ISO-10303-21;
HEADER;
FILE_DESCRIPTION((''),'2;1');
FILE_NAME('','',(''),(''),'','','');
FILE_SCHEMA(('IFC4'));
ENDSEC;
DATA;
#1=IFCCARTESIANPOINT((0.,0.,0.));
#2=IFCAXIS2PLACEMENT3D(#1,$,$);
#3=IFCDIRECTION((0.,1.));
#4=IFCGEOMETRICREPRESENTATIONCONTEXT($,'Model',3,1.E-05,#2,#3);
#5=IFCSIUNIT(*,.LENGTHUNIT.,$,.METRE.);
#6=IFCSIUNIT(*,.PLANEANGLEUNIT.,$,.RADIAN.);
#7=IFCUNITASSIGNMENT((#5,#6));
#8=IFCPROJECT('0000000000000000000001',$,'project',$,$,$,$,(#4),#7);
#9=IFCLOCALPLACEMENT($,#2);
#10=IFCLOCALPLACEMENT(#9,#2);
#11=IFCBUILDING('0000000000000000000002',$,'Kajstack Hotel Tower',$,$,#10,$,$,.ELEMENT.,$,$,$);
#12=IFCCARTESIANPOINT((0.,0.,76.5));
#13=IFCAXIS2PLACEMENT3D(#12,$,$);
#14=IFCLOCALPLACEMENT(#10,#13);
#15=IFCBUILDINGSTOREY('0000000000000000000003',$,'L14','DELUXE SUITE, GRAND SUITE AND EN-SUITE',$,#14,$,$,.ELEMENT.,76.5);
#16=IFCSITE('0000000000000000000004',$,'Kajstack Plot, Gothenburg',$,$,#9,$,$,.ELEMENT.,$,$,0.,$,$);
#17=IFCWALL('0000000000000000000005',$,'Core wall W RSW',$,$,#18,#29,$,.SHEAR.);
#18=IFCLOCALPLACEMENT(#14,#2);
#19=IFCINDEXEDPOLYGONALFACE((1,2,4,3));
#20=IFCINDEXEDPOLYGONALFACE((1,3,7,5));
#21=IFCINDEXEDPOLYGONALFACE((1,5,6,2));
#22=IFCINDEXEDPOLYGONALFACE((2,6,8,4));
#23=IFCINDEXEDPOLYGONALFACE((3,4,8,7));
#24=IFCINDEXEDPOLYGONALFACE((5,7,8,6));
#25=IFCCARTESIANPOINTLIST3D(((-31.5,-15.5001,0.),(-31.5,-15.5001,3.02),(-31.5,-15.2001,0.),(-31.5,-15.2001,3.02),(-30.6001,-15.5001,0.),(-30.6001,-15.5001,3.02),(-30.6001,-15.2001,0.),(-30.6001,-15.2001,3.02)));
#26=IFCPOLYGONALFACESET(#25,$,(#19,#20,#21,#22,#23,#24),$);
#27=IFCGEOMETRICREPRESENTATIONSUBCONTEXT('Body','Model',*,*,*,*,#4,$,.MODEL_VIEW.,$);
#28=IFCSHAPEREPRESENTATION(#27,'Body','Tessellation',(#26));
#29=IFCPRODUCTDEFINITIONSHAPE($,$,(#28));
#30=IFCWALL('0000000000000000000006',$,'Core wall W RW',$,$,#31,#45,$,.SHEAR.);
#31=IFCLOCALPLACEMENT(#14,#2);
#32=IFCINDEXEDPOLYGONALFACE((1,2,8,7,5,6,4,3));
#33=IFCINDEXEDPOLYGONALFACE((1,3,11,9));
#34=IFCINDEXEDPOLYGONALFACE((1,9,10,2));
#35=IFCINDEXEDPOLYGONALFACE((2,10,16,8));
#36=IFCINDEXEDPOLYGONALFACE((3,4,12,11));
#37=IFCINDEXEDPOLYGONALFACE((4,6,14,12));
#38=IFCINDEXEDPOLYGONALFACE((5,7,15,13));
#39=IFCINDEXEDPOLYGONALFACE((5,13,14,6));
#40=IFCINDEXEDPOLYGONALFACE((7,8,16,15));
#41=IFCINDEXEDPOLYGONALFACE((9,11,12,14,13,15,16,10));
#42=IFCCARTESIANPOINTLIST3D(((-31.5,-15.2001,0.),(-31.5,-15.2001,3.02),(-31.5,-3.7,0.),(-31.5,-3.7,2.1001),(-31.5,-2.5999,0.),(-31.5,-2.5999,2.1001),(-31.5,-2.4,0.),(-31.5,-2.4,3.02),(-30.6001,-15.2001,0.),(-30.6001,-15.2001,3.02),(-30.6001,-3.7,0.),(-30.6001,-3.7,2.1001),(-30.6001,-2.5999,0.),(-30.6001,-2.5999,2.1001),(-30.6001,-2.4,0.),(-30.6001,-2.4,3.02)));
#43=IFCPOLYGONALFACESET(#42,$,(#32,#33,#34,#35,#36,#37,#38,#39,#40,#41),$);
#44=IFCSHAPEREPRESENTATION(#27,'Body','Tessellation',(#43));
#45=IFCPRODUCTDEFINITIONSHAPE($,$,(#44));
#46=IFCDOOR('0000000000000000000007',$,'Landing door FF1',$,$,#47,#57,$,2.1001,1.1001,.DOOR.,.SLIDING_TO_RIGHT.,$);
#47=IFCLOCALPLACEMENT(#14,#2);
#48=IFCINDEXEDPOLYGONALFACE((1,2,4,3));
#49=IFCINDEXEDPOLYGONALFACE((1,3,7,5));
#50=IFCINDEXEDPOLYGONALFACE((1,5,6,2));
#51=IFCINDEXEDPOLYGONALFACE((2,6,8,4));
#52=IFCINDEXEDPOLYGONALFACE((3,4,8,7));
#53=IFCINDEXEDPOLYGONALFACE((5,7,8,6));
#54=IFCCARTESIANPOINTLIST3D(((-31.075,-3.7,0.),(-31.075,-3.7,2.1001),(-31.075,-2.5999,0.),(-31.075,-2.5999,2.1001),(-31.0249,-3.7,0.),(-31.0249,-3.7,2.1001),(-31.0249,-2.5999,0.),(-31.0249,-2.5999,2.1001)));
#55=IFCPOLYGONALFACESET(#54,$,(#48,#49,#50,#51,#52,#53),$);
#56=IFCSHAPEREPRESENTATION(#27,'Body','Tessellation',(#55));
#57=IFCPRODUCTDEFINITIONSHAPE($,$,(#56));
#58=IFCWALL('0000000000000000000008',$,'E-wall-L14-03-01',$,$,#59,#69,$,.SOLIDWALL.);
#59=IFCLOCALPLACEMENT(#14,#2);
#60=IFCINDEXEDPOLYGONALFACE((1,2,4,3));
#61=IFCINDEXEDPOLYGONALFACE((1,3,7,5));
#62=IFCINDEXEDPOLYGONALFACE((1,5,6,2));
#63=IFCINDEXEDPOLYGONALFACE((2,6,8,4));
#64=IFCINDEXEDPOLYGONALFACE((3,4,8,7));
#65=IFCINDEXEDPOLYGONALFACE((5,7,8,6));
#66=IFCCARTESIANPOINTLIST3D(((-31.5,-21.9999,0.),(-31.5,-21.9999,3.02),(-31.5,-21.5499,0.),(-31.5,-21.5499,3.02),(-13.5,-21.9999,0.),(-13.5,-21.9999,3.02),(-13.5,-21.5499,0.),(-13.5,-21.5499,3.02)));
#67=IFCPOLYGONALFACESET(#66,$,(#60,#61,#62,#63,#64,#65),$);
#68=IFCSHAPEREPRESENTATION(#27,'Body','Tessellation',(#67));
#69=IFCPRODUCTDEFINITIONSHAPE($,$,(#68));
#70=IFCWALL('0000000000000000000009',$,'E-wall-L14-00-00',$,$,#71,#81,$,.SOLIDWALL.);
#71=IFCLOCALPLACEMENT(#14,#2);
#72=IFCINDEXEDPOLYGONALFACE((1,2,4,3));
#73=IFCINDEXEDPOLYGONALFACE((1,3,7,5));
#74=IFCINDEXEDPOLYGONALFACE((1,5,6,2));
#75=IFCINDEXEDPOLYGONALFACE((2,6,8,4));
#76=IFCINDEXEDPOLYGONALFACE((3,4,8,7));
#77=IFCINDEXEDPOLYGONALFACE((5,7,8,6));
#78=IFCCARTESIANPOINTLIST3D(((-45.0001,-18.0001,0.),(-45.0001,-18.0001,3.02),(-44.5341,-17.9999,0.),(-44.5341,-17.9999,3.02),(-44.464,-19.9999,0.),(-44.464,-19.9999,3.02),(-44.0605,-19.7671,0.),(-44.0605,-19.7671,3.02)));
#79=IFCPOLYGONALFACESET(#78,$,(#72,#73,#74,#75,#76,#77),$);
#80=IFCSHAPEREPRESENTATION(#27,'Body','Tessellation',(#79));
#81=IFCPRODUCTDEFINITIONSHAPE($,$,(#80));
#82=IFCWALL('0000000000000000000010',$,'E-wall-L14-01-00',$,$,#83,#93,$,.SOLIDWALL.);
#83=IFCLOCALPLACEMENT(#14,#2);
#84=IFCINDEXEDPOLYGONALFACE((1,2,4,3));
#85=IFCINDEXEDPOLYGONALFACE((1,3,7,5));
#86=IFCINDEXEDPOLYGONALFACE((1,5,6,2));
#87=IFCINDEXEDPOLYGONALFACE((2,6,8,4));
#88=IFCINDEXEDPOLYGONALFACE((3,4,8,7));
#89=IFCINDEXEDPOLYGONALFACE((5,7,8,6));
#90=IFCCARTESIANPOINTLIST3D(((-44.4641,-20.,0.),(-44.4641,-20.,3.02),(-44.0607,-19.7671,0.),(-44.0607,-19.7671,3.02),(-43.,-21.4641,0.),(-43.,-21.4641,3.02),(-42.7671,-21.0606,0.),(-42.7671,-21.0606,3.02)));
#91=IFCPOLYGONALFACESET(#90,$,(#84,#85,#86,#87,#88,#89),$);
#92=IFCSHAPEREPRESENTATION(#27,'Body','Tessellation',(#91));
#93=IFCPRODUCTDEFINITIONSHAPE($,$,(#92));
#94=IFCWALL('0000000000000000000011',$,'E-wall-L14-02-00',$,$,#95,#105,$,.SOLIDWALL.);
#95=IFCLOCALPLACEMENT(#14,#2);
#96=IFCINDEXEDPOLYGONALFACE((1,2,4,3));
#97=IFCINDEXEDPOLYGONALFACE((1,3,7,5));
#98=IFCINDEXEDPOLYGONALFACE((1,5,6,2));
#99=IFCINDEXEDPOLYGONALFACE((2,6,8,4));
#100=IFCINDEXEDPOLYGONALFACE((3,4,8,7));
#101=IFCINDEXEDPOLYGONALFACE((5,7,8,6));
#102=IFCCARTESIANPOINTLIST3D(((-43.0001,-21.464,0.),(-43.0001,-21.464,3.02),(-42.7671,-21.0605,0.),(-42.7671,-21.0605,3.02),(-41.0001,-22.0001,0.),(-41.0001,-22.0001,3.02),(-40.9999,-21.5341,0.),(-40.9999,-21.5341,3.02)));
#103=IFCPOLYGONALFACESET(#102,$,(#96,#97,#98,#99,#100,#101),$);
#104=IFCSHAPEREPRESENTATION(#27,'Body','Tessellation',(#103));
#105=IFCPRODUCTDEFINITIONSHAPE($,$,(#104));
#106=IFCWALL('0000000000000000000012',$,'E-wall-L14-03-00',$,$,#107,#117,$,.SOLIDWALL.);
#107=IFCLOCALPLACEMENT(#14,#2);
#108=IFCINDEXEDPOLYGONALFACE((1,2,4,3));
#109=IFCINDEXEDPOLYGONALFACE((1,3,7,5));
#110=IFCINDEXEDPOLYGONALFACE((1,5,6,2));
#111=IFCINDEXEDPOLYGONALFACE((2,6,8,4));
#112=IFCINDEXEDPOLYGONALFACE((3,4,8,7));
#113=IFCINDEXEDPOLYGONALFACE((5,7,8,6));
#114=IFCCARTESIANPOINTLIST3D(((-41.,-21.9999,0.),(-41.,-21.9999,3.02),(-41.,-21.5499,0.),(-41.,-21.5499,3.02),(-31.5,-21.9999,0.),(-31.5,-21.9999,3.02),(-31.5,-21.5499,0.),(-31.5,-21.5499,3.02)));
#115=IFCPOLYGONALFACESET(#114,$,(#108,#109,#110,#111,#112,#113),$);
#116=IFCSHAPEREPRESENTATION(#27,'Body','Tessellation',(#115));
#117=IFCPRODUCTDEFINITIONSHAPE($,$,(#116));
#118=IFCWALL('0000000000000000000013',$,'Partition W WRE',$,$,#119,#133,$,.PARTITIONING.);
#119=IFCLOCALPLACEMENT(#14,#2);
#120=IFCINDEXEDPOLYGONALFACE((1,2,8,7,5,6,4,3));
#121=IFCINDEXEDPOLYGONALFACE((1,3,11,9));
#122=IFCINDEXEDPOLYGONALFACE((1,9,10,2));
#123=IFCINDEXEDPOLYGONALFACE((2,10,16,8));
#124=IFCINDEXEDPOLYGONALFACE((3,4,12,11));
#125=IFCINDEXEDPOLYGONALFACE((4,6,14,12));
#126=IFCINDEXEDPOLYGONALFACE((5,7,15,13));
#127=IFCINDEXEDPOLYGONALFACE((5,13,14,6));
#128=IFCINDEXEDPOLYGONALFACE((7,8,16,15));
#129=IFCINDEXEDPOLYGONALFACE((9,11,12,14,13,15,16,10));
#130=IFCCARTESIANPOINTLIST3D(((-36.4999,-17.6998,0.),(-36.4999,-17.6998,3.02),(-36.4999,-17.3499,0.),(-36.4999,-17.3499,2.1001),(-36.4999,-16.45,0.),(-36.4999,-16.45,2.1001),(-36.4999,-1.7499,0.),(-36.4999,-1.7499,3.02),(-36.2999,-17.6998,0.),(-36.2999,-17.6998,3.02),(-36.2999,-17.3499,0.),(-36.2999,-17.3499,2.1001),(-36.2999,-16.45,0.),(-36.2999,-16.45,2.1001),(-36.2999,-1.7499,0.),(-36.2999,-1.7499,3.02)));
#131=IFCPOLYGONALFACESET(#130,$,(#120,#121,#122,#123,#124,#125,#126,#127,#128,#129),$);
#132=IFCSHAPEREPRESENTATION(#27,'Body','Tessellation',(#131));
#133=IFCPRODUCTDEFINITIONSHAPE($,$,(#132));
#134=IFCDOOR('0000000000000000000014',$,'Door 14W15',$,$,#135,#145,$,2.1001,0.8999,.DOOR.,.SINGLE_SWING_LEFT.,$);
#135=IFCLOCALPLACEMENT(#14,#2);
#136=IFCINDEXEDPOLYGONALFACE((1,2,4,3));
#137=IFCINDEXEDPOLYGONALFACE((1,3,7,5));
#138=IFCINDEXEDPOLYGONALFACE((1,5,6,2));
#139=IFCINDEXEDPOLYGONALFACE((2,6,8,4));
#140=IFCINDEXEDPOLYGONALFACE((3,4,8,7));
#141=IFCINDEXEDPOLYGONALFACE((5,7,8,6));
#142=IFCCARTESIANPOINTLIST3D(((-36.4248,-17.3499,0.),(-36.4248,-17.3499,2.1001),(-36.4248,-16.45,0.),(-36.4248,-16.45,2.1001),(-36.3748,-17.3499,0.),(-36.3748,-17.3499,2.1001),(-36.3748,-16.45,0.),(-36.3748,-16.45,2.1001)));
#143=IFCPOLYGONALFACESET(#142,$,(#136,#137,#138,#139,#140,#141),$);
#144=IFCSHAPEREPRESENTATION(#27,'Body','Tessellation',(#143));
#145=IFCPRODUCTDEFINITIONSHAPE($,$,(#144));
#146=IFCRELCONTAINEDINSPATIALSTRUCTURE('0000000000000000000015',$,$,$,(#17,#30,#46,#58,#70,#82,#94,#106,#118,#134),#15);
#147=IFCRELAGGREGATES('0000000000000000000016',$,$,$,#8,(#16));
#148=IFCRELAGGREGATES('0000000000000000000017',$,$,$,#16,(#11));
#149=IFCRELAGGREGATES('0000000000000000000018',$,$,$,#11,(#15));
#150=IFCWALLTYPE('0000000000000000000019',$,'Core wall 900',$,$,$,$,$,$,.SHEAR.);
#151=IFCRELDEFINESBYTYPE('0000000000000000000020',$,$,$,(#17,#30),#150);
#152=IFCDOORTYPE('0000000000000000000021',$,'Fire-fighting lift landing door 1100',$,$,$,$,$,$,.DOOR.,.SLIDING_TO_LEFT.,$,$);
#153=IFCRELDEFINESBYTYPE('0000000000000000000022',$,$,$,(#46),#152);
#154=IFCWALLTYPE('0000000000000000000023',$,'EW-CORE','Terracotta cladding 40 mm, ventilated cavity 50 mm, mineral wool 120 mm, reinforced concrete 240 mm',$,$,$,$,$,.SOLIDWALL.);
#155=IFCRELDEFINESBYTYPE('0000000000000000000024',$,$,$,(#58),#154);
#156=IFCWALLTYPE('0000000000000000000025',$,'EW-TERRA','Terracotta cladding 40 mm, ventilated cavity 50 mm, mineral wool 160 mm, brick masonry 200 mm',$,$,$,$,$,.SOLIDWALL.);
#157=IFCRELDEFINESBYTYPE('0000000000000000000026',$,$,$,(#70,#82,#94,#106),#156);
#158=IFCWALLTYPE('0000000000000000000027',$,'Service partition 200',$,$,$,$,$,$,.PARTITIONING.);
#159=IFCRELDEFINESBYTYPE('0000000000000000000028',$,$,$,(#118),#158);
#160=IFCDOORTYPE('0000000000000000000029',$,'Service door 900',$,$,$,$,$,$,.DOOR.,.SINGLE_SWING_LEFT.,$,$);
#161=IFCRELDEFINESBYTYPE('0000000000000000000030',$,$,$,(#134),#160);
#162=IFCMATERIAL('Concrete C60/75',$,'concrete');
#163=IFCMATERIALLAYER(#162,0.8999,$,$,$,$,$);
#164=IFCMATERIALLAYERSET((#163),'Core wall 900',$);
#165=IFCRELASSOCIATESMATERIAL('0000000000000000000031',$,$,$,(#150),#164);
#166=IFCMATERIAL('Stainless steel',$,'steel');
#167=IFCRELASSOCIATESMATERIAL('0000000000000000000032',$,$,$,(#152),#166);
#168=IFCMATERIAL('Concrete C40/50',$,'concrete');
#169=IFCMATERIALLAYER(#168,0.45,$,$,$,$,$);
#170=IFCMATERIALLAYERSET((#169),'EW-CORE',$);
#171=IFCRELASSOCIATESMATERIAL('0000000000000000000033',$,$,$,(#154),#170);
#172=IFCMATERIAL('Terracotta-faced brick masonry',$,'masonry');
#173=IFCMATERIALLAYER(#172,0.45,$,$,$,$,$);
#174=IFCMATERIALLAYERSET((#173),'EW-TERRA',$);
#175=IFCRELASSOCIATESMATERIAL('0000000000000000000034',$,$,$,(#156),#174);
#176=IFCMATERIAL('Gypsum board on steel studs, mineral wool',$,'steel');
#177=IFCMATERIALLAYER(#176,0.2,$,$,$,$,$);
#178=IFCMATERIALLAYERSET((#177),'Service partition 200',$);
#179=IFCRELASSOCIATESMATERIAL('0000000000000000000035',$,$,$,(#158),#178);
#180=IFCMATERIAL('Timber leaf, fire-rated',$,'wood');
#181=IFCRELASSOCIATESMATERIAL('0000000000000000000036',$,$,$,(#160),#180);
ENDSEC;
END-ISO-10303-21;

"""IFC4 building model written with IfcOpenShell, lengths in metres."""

from ifc_helpers import new_model, si_unit, direction, frame, frame_2d, origin, place, context, subcontext, project, spatial, polyline, rectangle, outline, extrude, material, layer, layer_set, type_object, element, fill, save


model = new_model("IFC4")

# Units and contexts
model_context = context("Model", 3, precision=1e-05, world=origin(), true_north=direction((0.0, 1.0)))
body_context = subcontext(model_context, "Body", "Model", "MODEL_VIEW")
ifc_project = project(units=[si_unit("LENGTHUNIT", "METRE"), si_unit("PLANEANGLEUNIT", "RADIAN")], contexts=[model_context])

# Site, building, storey
site_placement = place(None, origin())
site = spatial("IfcSite", under=ifc_project, at=site_placement, Name="Kajstack Plot, Gothenburg", CompositionType="ELEMENT", RefElevation=0.0)
building_placement = place(site_placement, origin())
building = spatial("IfcBuilding", under=site, at=building_placement, Name="Kajstack Hotel Tower", CompositionType="ELEMENT")
storey_placement = place(building_placement, frame((0.0, 0.0, 76.5)))
storey = spatial("IfcBuildingStorey", under=building, at=storey_placement, Name="L14", Description="DELUXE SUITE, GRAND SUITE AND EN-SUITE", CompositionType="ELEMENT", Elevation=76.5)

# Wall
ifc_material_1 = material(Name="Concrete C60/75", Category="concrete")
ifc_layer_1 = layer(ifc_material_1, 0.8999)
ifc_layer_set_1 = layer_set([ifc_layer_1], Name="Core wall 900")
wall_type_1 = type_object("IfcWallType", Name="Core wall 900", PredefinedType="SHEAR", material=ifc_layer_set_1)
wall_1_placement = place(storey_placement, frame((-31.5, -15.3501, 0.0), z_axis=(0.0, 0.0, 1.0), x_axis=(1.0, 0.0, 0.0)))
element("IfcWall", 1, at=wall_1_placement, inside=storey, type_object=wall_type_1, Name="Core wall W RSW", PredefinedType="SHEAR", context=body_context, shape_type="SweptSolid", body=[
    extrude(rectangle(XDim=0.8999, YDim=0.3, at=frame_2d((0.45, 0.0))), origin(), (0.0, 0.0, 1.0), 3.02),
])

# Wall, opening, door
wall_2_placement = place(storey_placement, frame((-31.05, -15.2, 0.0), z_axis=(0.0, 0.0, 1.0), x_axis=(0.0, 1.0, 0.0)))
wall_2 = element("IfcWall", 2, at=wall_2_placement, inside=storey, type_object=wall_type_1, Name="Core wall W RW", PredefinedType="SHEAR", context=body_context, shape_type="SweptSolid", body=[
    extrude(rectangle(XDim=12.8, YDim=0.8999, at=frame_2d((6.3999, 0.0))), origin(), (0.0, 0.0, 1.0), 3.02),
])
opening_1_placement = place(wall_2_placement, frame((11.5, 0.0, 0.0)))
opening_1 = element("IfcOpeningElement", 3, at=opening_1_placement, cuts=wall_2, PredefinedType="OPENING", context=body_context, shape_type="SweptSolid", body=[
    extrude(rectangle(XDim=1.1001, YDim=2.1001, at=frame_2d((0.55, 1.05))), frame((0.0, 0.46, 0.0), z_axis=(0.0, -1.0, 0.0), x_axis=(1.0, 0.0, 0.0)), (0.0, 0.0, 1.0), 0.9199),
])
ifc_material_2 = material(Name="Stainless steel", Category="steel")
door_type_1 = type_object("IfcDoorType", Name="Fire-fighting lift landing door 1100", OperationType="SLIDING_TO_LEFT", PredefinedType="DOOR", material=ifc_material_2)
door_1_placement = place(opening_1_placement, origin())
door_1 = element("IfcDoor", 4, at=door_1_placement, inside=storey, type_object=door_type_1, Name="Landing door FF1", OperationType="SLIDING_TO_RIGHT", OverallHeight=2.1001, OverallWidth=1.1001, PredefinedType="DOOR", context=body_context, shape_type="SweptSolid", body=[
    extrude(rectangle(XDim=1.1001, YDim=2.1001, at=frame_2d((0.55, 1.05))), frame((0.0, 0.0249, 0.0), z_axis=(0.0, -1.0, 0.0), x_axis=(1.0, 0.0, 0.0)), (0.0, 0.0, 1.0), 0.05),
])
fill(opening_1, door_1)

# Walls
ifc_material_3 = material(Name="Concrete C40/50", Category="concrete")
ifc_layer_2 = layer(ifc_material_3, 0.45)
ifc_layer_set_2 = layer_set([ifc_layer_2], Name="EW-CORE")
wall_type_2 = type_object("IfcWallType", Name="EW-CORE", Description="Terracotta cladding 40 mm, ventilated cavity 50 mm, mineral wool 120 mm, reinforced concrete 240 mm", PredefinedType="SOLIDWALL", material=ifc_layer_set_2)
wall_3_placement = place(storey_placement, frame((-31.5, -21.7749, 0.0), z_axis=(0.0, 0.0, 1.0), x_axis=(1.0, 0.0, 0.0)))
element("IfcWall", 5, at=wall_3_placement, inside=storey, type_object=wall_type_2, Name="E-wall-L14-03-01", PredefinedType="SOLIDWALL", context=body_context, shape_type="SweptSolid", body=[
    extrude(rectangle(XDim=18.0, YDim=0.45, at=frame_2d((9.0, 0.0))), origin(), (0.0, 0.0, 1.0), 3.02),
])
ifc_material_4 = material(Name="Terracotta-faced brick masonry", Category="masonry")
ifc_layer_3 = layer(ifc_material_4, 0.45)
ifc_layer_set_3 = layer_set([ifc_layer_3], Name="EW-TERRA")
wall_type_3 = type_object("IfcWallType", Name="EW-TERRA", Description="Terracotta cladding 40 mm, ventilated cavity 50 mm, mineral wool 160 mm, brick masonry 200 mm", PredefinedType="SOLIDWALL", material=ifc_layer_set_3)
wall_4_placement = place(storey_placement, frame((-44.7827, -17.9417, 0.0), z_axis=(0.0, 0.0, 1.0), x_axis=(0.258815, -0.965927, 0.0)))
element("IfcWall", 6, at=wall_4_placement, inside=storey, type_object=wall_type_3, Name="E-wall-L14-00-00", PredefinedType="SOLIDWALL", context=body_context, shape_type="SweptSolid", body=[
    extrude(outline(polyline([(0.0002, -0.2251), (2.0706, -0.2249), (1.9502, 0.2251), (0.1206, 0.2251), (0.0002, -0.2251)])), origin(), (0.0, 0.0, 1.0), 3.02),
])
wall_5_placement = place(storey_placement, frame((-44.3049, -19.8408, 0.0), z_axis=(0.0, 0.0, 1.0), x_axis=(0.707107, -0.707107, 0.0)))
element("IfcWall", 7, at=wall_5_placement, inside=storey, type_object=wall_type_3, Name="E-wall-L14-01-00", PredefinedType="SOLIDWALL", context=body_context, shape_type="SweptSolid", body=[
    extrude(outline(polyline([(0.0, -0.2251), (2.0706, -0.2251), (1.95, 0.2249), (0.1206, 0.2249), (0.0, -0.2251)])), origin(), (0.0, 0.0, 1.0), 3.02),
])
wall_6_placement = place(storey_placement, frame((-42.9417, -21.2468, 0.0), z_axis=(0.0, 0.0, 1.0), x_axis=(0.965927, -0.258815, 0.0)))
element("IfcWall", 8, at=wall_6_placement, inside=storey, type_object=wall_type_3, Name="E-wall-L14-02-00", PredefinedType="SOLIDWALL", context=body_context, shape_type="SweptSolid", body=[
    extrude(outline(polyline([(-0.0002, -0.2249), (2.0703, -0.2251), (1.95, 0.2251), (0.1204, 0.2251), (-0.0002, -0.2249)])), origin(), (0.0, 0.0, 1.0), 3.02),
])
wall_7_placement = place(storey_placement, frame((-41.0, -21.7749, 0.0), z_axis=(0.0, 0.0, 1.0), x_axis=(1.0, 0.0, 0.0)))
element("IfcWall", 9, at=wall_7_placement, inside=storey, type_object=wall_type_3, Name="E-wall-L14-03-00", PredefinedType="SOLIDWALL", context=body_context, shape_type="SweptSolid", body=[
    extrude(rectangle(XDim=9.5, YDim=0.45, at=frame_2d((4.75, 0.0))), origin(), (0.0, 0.0, 1.0), 3.02),
])

# Wall, opening, door
ifc_material_5 = material(Name="Gypsum board on steel studs, mineral wool", Category="steel")
ifc_layer_4 = layer(ifc_material_5, 0.2)
ifc_layer_set_4 = layer_set([ifc_layer_4], Name="Service partition 200")
wall_type_4 = type_object("IfcWallType", Name="Service partition 200", PredefinedType="PARTITIONING", material=ifc_layer_set_4)
wall_8_placement = place(storey_placement, frame((-36.3999, -17.7, 0.0), z_axis=(0.0, 0.0, 1.0), x_axis=(0.0, 1.0, 0.0)))
wall_8 = element("IfcWall", 10, at=wall_8_placement, inside=storey, type_object=wall_type_4, Name="Partition W WRE", PredefinedType="PARTITIONING", context=body_context, shape_type="SweptSolid", body=[
    extrude(rectangle(XDim=15.95, YDim=0.2, at=frame_2d((7.9751, 0.0))), origin(), (0.0, 0.0, 1.0), 3.02),
])
opening_2_placement = place(wall_8_placement, frame((0.3501, 0.0, 0.0)))
opening_2 = element("IfcOpeningElement", 11, at=opening_2_placement, cuts=wall_8, PredefinedType="OPENING", context=body_context, shape_type="SweptSolid", body=[
    extrude(rectangle(XDim=0.8999, YDim=2.1001, at=frame_2d((0.45, 1.05))), frame((0.0, 0.1099, 0.0), z_axis=(0.0, -1.0, 0.0), x_axis=(1.0, 0.0, 0.0)), (0.0, 0.0, 1.0), 0.22),
])
ifc_material_6 = material(Name="Timber leaf, fire-rated", Category="wood")
door_type_2 = type_object("IfcDoorType", Name="Service door 900", OperationType="SINGLE_SWING_LEFT", PredefinedType="DOOR", material=ifc_material_6)
door_2_placement = place(opening_2_placement, origin())
door_2 = element("IfcDoor", 12, at=door_2_placement, inside=storey, type_object=door_type_2, Name="Door 14W15", OperationType="SINGLE_SWING_LEFT", OverallHeight=2.1001, OverallWidth=0.8999, PredefinedType="DOOR", context=body_context, shape_type="SweptSolid", body=[
    extrude(rectangle(XDim=0.8999, YDim=2.1001, at=frame_2d((0.45, 1.05))), frame((0.0, 0.0249, 0.0), z_axis=(0.0, -1.0, 0.0), x_axis=(1.0, 0.0, 0.0)), (0.0, 0.0, 1.0), 0.05),
])
fill(opening_2, door_2)

save(model, "model.ifc")
